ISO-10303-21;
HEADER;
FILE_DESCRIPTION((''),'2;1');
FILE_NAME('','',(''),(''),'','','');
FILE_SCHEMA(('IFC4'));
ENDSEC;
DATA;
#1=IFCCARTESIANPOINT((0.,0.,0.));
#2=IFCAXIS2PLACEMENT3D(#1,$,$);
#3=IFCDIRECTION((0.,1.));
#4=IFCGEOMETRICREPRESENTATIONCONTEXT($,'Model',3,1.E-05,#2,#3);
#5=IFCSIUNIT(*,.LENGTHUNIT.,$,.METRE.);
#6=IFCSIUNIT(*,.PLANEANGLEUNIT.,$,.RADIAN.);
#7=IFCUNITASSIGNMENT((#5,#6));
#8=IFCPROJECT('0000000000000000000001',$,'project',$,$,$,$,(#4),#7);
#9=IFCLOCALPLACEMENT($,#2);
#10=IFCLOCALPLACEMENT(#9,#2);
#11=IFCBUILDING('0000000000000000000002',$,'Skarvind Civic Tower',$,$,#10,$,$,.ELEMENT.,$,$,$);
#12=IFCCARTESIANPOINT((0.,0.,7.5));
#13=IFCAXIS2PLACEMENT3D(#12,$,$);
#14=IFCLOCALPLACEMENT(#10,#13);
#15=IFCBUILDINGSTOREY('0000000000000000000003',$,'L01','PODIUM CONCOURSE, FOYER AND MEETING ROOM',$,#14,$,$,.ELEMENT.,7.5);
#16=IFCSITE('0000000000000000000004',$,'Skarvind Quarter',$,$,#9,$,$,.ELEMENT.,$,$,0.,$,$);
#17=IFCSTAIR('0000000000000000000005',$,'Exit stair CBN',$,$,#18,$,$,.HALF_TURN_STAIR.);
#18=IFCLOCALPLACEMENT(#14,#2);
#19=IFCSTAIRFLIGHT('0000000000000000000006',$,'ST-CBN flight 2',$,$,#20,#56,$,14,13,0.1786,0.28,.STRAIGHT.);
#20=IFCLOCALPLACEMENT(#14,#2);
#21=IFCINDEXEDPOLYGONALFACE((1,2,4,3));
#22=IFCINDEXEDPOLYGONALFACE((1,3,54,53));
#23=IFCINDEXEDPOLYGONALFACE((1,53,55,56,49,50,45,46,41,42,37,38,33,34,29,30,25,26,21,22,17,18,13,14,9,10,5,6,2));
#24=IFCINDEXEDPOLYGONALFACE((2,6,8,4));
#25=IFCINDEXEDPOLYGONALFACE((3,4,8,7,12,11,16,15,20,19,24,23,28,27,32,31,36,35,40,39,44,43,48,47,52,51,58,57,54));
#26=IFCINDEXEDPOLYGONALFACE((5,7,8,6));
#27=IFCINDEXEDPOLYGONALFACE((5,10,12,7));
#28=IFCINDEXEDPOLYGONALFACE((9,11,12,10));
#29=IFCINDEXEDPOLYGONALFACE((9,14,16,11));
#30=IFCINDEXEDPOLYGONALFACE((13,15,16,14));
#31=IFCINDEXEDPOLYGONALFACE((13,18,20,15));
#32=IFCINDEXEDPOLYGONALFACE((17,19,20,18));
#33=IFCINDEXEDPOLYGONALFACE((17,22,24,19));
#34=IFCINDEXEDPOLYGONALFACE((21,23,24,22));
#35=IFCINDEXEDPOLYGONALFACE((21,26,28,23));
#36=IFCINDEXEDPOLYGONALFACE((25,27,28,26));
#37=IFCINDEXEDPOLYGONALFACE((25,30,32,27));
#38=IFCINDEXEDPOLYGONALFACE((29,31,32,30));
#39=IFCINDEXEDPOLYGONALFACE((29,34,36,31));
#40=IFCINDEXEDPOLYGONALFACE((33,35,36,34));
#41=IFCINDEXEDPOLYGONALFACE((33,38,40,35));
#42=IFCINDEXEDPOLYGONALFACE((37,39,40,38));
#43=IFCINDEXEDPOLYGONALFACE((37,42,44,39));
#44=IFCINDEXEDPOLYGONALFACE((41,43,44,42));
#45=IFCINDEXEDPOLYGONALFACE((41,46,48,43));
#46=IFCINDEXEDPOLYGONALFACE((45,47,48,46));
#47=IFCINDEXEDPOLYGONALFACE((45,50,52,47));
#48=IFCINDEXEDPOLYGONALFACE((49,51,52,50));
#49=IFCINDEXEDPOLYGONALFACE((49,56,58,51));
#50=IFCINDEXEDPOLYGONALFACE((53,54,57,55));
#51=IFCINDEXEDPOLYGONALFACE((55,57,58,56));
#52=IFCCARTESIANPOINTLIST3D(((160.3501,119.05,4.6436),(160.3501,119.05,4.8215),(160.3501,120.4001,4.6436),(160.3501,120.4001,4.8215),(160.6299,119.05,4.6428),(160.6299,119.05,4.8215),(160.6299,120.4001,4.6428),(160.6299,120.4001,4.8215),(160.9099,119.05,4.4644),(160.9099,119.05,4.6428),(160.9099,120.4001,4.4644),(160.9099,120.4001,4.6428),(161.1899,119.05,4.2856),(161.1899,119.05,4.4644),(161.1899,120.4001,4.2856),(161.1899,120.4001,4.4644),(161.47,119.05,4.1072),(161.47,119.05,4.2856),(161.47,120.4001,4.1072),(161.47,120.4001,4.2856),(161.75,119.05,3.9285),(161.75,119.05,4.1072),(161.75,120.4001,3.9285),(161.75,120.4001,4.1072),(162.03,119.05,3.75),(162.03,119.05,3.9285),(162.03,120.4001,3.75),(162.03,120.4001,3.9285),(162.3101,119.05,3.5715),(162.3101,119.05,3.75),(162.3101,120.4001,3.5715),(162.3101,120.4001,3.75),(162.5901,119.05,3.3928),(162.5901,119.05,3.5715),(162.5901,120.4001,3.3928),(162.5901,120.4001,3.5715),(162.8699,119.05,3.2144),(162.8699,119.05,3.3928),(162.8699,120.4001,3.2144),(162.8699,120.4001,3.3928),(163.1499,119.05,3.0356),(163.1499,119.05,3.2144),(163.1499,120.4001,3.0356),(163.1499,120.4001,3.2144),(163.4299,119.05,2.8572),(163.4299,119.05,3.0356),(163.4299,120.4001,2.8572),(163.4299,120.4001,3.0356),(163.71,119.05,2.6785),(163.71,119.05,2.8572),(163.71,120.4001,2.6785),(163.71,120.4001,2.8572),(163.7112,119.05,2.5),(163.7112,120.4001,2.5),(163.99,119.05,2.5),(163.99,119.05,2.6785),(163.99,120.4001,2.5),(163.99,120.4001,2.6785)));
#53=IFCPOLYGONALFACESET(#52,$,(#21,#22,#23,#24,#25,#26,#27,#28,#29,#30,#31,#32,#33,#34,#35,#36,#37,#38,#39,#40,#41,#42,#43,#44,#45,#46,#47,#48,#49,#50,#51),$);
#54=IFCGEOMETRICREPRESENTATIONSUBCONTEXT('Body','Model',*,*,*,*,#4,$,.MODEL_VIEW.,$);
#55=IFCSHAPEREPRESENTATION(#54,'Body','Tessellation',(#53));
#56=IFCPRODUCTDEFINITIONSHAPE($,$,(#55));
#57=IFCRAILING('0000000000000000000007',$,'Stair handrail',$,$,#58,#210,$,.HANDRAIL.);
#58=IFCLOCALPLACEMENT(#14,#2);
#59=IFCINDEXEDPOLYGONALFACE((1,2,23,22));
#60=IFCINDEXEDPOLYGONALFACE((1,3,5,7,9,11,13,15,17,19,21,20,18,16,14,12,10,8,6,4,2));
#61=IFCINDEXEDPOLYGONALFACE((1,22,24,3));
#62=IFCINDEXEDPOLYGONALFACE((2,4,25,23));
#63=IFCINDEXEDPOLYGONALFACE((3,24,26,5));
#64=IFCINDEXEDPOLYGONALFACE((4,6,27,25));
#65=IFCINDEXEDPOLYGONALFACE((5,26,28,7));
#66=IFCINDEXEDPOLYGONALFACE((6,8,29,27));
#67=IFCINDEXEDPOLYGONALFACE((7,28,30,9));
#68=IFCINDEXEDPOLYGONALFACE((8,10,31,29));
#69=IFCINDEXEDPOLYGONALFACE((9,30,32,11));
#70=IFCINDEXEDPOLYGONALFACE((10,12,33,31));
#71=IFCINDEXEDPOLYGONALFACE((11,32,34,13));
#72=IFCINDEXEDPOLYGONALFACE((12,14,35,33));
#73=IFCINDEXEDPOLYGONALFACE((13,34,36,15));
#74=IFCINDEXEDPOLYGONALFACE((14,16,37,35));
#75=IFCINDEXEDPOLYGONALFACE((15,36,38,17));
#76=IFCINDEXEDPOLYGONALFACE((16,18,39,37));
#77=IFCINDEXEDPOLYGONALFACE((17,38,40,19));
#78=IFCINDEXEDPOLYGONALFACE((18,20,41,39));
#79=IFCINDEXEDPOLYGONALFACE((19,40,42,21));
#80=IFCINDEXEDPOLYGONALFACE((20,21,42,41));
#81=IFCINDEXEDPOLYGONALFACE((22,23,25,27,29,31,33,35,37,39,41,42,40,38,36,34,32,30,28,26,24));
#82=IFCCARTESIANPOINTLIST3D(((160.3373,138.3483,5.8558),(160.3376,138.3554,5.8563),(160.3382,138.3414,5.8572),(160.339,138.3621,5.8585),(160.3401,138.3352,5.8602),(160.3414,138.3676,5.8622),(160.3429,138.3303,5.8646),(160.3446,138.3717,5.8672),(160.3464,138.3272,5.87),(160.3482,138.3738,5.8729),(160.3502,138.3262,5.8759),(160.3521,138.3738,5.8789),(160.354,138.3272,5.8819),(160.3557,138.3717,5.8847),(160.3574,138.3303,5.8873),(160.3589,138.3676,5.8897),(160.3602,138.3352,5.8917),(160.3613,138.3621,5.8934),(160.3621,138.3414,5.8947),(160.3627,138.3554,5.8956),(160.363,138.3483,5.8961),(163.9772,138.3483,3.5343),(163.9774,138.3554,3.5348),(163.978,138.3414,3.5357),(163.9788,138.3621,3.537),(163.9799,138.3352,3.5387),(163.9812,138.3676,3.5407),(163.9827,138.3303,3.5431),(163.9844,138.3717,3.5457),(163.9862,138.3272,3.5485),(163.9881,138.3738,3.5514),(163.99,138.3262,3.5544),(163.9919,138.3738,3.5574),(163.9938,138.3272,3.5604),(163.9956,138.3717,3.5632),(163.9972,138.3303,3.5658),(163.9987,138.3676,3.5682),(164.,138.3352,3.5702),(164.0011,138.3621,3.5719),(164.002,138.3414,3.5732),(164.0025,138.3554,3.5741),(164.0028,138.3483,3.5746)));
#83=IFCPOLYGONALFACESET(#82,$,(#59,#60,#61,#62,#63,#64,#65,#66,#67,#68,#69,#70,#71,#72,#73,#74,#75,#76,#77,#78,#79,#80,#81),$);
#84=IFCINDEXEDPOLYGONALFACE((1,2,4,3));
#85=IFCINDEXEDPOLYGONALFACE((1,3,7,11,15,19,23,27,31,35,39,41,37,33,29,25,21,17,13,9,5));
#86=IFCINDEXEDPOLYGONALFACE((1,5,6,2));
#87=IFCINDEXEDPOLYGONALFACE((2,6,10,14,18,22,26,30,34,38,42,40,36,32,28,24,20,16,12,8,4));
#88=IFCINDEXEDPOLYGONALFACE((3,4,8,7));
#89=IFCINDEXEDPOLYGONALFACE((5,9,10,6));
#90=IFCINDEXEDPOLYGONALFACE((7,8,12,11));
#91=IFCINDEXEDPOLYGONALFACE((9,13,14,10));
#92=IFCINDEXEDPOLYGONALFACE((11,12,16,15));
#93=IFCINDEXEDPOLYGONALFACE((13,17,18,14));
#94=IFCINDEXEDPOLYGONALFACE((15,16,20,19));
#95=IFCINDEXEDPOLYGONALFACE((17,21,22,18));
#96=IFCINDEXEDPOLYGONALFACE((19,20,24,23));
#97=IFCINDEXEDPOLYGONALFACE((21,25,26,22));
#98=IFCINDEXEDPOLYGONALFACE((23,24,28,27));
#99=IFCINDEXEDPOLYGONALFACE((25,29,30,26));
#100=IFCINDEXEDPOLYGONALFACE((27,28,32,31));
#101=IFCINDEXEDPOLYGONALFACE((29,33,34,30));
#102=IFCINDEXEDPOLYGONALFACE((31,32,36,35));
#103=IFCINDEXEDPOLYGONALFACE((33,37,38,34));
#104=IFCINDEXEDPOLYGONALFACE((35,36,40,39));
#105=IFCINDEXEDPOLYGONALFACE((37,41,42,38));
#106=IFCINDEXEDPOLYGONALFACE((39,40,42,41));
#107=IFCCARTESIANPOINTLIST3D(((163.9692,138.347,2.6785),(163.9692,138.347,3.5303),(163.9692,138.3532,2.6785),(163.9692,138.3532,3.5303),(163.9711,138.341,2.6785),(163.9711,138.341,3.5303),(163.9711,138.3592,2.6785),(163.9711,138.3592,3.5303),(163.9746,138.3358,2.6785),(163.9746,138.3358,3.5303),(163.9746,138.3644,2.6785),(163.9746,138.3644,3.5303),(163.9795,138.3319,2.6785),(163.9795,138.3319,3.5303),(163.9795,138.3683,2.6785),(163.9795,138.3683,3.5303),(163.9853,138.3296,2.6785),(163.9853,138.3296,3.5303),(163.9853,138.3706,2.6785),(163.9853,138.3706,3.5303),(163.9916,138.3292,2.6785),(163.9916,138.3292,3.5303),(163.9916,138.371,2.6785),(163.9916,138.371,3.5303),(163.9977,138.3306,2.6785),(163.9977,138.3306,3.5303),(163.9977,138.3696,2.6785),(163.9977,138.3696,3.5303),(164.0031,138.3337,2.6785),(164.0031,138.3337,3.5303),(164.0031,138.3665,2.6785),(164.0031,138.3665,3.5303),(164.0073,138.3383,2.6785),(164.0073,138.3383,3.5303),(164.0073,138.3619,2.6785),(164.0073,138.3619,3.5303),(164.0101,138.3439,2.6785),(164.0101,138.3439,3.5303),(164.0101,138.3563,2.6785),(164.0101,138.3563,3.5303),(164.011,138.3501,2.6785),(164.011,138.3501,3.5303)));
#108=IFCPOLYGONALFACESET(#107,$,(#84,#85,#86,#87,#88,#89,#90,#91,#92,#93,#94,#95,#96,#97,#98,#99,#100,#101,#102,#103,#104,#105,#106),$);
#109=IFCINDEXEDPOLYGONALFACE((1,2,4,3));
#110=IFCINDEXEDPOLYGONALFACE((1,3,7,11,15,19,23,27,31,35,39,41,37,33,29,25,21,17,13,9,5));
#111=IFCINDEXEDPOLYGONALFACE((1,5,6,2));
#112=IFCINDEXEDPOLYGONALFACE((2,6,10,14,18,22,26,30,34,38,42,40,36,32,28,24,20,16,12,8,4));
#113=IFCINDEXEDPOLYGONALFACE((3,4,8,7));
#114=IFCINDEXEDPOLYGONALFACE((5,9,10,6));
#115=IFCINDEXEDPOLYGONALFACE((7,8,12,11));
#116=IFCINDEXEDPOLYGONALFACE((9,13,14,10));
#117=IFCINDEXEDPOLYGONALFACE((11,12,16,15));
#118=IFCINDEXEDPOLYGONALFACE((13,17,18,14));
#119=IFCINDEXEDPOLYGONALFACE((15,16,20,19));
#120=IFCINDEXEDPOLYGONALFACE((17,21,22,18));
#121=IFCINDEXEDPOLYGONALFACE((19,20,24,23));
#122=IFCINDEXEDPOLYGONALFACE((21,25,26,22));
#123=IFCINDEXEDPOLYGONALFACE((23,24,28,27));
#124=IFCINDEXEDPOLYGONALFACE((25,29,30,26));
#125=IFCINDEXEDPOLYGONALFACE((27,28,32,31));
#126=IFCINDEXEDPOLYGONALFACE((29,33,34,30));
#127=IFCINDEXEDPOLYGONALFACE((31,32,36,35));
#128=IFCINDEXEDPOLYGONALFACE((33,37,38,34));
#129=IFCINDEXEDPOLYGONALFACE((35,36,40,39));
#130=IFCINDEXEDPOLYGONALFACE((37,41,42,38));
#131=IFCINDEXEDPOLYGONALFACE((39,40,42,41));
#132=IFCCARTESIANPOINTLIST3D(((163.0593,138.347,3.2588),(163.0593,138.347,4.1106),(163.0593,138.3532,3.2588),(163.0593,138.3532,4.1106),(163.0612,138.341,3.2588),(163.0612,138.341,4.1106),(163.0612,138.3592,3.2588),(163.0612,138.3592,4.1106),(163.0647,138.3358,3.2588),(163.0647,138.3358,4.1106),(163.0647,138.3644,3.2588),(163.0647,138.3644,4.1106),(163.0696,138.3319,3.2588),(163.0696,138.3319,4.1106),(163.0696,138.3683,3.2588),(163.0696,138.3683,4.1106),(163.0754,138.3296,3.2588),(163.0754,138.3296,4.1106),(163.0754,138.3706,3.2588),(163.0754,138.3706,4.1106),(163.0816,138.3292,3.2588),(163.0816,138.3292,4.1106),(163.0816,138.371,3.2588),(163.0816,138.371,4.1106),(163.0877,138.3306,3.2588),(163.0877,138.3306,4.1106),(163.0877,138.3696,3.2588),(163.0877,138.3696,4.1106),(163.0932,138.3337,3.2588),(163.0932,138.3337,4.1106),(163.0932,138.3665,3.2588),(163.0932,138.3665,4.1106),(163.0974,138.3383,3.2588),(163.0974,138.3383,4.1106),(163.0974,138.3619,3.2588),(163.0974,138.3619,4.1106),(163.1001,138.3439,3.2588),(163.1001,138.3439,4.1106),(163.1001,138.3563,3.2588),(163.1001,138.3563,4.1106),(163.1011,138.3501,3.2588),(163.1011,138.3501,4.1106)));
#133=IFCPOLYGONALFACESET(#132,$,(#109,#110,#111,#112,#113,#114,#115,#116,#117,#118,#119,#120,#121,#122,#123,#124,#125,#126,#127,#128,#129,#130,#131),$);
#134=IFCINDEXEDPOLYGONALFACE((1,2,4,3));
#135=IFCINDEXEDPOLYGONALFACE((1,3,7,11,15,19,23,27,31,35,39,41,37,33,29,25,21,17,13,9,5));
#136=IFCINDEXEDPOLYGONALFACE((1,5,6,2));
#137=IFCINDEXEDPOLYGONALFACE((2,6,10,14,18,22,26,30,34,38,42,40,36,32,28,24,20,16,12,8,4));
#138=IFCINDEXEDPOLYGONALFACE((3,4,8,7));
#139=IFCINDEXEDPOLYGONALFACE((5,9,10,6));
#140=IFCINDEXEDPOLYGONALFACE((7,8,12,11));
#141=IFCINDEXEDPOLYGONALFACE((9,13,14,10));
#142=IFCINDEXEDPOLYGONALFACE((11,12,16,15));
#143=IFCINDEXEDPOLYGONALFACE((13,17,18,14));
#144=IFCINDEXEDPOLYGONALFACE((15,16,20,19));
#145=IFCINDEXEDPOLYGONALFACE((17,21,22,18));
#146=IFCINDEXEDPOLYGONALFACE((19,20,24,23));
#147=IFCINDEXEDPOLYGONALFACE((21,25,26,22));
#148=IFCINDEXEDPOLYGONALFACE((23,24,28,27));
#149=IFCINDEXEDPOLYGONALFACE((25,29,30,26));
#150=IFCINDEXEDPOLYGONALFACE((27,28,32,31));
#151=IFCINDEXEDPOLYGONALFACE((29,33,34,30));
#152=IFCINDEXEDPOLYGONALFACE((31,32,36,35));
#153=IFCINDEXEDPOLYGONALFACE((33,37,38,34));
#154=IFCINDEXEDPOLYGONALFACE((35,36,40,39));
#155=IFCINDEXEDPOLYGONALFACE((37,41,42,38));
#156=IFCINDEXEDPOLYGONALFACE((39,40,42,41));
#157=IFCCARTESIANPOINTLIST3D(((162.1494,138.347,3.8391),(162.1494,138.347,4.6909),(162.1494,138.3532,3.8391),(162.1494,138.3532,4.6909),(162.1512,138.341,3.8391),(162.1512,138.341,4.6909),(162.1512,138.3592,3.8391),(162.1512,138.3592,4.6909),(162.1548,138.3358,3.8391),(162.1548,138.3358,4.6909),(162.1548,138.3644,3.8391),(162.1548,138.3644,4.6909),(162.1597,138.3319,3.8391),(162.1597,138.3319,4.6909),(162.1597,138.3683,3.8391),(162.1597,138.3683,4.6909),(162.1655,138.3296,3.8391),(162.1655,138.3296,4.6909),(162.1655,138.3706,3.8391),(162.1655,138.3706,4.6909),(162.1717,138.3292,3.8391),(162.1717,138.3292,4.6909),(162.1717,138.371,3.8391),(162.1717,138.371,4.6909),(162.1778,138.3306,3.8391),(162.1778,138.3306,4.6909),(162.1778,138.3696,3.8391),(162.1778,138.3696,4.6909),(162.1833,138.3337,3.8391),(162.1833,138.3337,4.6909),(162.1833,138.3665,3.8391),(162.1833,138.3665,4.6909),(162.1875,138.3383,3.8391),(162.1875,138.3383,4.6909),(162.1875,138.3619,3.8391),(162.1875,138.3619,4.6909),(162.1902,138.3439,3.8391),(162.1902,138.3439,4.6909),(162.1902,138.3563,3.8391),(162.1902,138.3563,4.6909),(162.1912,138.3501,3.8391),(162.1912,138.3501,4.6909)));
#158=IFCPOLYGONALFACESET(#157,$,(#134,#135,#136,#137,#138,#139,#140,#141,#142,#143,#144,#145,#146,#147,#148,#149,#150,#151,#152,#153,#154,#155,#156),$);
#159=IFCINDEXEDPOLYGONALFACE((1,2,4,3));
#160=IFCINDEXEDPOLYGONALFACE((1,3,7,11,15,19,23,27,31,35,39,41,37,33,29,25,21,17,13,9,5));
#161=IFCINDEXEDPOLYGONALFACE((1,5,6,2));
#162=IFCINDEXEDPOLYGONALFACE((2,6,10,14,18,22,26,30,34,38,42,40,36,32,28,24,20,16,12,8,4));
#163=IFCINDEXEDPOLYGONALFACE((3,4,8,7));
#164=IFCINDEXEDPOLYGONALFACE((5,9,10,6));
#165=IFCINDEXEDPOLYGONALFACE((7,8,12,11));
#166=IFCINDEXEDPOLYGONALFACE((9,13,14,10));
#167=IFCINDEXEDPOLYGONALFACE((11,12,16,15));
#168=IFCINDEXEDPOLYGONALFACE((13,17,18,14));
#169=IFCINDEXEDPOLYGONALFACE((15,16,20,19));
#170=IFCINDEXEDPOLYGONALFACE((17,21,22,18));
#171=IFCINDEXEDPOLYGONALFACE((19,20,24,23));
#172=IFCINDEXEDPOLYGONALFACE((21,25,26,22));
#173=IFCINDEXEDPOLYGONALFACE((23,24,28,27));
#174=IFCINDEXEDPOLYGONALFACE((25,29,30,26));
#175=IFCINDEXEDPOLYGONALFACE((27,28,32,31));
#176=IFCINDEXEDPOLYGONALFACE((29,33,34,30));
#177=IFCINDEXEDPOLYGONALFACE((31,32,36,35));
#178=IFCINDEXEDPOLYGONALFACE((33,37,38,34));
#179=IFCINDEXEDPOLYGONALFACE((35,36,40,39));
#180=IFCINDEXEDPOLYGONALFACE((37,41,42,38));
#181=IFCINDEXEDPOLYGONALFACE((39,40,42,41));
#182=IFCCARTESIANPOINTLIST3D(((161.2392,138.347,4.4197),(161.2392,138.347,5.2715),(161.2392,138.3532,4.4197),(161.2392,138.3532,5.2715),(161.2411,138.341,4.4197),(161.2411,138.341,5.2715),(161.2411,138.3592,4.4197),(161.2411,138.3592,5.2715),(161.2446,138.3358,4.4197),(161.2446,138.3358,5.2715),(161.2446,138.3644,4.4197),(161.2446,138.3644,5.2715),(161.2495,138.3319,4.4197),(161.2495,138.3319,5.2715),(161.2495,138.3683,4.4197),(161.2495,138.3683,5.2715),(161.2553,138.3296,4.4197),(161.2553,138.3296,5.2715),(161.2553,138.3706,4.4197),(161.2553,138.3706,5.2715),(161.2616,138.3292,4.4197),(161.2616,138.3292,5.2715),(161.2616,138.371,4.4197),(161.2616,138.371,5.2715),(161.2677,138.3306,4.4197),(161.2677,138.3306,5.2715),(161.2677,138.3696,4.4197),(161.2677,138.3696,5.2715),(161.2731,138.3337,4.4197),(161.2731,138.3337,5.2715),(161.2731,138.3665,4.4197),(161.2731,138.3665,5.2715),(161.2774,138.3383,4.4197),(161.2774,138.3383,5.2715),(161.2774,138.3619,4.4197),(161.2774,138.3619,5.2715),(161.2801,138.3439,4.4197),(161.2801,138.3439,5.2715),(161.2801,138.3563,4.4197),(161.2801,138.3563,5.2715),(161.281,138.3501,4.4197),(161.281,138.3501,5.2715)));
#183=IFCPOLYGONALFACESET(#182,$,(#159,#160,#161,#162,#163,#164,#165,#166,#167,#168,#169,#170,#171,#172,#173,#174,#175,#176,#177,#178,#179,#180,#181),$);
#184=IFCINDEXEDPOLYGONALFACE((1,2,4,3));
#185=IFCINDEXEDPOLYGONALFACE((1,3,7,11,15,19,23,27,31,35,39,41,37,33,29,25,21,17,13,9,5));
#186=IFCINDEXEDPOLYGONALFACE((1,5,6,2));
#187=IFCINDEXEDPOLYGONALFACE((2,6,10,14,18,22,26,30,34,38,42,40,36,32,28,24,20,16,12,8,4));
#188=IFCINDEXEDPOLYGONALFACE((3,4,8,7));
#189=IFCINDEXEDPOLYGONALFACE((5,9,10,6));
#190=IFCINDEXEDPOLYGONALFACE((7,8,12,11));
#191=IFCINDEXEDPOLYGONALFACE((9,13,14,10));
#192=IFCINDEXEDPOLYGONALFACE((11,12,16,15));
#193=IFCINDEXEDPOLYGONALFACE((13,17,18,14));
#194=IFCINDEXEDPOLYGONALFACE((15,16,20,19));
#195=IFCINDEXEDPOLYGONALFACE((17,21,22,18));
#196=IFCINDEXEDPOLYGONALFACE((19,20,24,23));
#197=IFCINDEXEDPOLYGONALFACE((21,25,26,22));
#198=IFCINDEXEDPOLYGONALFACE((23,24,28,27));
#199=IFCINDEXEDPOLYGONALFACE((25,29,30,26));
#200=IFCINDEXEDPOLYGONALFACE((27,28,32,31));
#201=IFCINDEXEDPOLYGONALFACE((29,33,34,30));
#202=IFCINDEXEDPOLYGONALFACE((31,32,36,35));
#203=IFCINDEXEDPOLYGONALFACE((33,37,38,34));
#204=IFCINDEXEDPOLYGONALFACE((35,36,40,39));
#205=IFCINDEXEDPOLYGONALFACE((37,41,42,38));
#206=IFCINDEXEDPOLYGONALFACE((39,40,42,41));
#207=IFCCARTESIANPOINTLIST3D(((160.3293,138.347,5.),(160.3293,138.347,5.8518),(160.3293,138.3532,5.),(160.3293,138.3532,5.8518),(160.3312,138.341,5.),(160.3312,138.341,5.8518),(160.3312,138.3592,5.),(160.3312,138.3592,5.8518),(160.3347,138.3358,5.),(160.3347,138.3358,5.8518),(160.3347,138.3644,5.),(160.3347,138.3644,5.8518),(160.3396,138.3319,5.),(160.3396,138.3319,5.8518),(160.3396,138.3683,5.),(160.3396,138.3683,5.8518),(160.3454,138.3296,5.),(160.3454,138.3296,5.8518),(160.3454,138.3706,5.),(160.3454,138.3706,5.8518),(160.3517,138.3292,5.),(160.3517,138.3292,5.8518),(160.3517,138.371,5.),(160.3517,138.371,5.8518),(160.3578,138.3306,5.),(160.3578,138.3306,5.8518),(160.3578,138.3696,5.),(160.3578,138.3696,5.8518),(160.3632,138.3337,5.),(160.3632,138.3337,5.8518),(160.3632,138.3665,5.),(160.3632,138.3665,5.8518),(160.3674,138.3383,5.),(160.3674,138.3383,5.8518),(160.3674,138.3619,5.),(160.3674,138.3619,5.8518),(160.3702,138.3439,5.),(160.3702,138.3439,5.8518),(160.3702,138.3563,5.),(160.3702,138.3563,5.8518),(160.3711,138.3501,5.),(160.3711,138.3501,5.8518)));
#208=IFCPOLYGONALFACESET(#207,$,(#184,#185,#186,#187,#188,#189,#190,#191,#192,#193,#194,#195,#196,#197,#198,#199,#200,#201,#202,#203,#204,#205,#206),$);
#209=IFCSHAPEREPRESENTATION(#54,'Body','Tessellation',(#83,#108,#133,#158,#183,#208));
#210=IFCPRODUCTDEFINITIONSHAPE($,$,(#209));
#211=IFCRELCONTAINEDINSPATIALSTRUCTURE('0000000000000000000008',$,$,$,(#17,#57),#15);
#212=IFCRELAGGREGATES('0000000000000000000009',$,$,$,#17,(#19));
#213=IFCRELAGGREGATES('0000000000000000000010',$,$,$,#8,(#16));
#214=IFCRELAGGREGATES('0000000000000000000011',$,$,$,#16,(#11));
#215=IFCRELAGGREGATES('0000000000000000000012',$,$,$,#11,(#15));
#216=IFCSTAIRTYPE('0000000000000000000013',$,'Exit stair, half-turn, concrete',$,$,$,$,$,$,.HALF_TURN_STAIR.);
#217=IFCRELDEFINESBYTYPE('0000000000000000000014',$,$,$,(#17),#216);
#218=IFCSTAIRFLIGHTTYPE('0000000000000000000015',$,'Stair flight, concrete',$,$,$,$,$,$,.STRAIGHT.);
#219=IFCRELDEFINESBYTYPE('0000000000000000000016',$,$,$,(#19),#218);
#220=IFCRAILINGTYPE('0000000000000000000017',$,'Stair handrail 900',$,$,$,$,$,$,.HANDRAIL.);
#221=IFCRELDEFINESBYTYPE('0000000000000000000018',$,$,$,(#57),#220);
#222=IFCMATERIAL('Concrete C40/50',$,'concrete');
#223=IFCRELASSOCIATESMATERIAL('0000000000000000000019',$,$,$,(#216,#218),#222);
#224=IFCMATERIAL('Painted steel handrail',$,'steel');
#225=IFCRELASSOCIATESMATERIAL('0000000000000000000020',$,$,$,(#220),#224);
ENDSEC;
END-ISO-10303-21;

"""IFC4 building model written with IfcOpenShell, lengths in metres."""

from ifc_helpers import new_model, si_unit, direction, frame, origin, origin_2d, place, context, subcontext, project, spatial, polyline, circle, outline, extrude, material, type_object, element, aggregate, save


model = new_model("IFC4")

# Units and contexts
model_context = context("Model", 3, precision=1e-05, world=origin(), true_north=direction((0.0, 1.0)))
body_context = subcontext(model_context, "Body", "Model", "MODEL_VIEW")
ifc_project = project(units=[si_unit("LENGTHUNIT", "METRE"), si_unit("PLANEANGLEUNIT", "RADIAN")], contexts=[model_context])

# Site, building, storey
site_placement = place(None, origin())
site = spatial("IfcSite", under=ifc_project, at=site_placement, Name="Skarvind Quarter", CompositionType="ELEMENT", RefElevation=0.0)
building_placement = place(site_placement, origin())
building = spatial("IfcBuilding", under=site, at=building_placement, Name="Skarvind Civic Tower", CompositionType="ELEMENT")
storey_placement = place(building_placement, frame((0.0, 0.0, 7.5)))
storey = spatial("IfcBuildingStorey", under=building, at=storey_placement, Name="L01", Description="PODIUM CONCOURSE, FOYER AND MEETING ROOM", CompositionType="ELEMENT", Elevation=7.5)

# Shared definitions
ifc_material_1 = material(Name="Concrete C40/50", Category="concrete")
stair_type = type_object("IfcStairType", Name="Exit stair, half-turn, concrete", PredefinedType="HALF_TURN_STAIR", material=ifc_material_1)
stair_flight_type = type_object("IfcStairFlightType", Name="Stair flight, concrete", PredefinedType="STRAIGHT", material=ifc_material_1)

# Stair, stair flight
stair_1_placement = place(storey_placement, origin())
stair_1 = element("IfcStair", 1, at=stair_1_placement, inside=storey, type_object=stair_type, Name="Exit stair CBN", PredefinedType="HALF_TURN_STAIR")
stair_flight_1_placement = place(storey_placement, frame((163.99, 119.7251, 2.5), z_axis=(0.0, 0.0, 1.0), x_axis=(-1.0, 0.0, 0.0)))
stair_flight_1 = element("IfcStairFlight", 2, at=stair_flight_1_placement, type_object=stair_flight_type, Name="ST-CBN flight 2", NumberOfRisers=14, NumberOfTreads=13, PredefinedType="STRAIGHT", RiserHeight=0.1786, TreadLength=0.28, context=body_context, shape_type="SweptSolid", body=[
    extrude(outline(polyline([(0.0, 0.0), (0.0, 0.1785), (0.28, 0.1785), (0.28, 0.3572), (0.5601, 0.3572), (0.5601, 0.5356), (0.8401, 0.5356), (0.8401, 0.7144), (1.1201, 0.7144), (1.1201, 0.8928), (1.3999, 0.8928), (1.3999, 1.0715), (1.6799, 1.0715), (1.6799, 1.25), (1.96, 1.25), (1.96, 1.4285), (2.24, 1.4285), (2.24, 1.6072), (2.52, 1.6072), (2.52, 1.7856), (2.8, 1.7856), (2.8, 1.9644), (3.0801, 1.9644), (3.0801, 2.1428), (3.3601, 2.1428), (3.3601, 2.3215), (3.6399, 2.3215), (3.6399, 2.5), (3.6399, 2.1436), (0.2788, 0.0), (0.0, 0.0)])), frame((0.0, 0.675, 0.0), z_axis=(0.0, -1.0, 0.0), x_axis=(1.0, 0.0, 0.0)), (0.0, 0.0, 1.0), 1.3501),
])
aggregate(stair_1, [stair_flight_1])

# Railing
ifc_material_2 = material(Name="Painted steel handrail", Category="steel")
railing_type = type_object("IfcRailingType", Name="Stair handrail 900", PredefinedType="HANDRAIL", material=ifc_material_2)
for number, where, name in (
    (3, (163.99, 138.3501, 2.6785), "Stair handrail"),
):
    element("IfcRailing", number, at=place(storey_placement, frame(where)), inside=storey, type_object=railing_type, Name=name, PredefinedType="HANDRAIL", context=body_context, shape_type="SweptSolid", body=[
        extrude(circle(Radius=0.0239, at=origin_2d()), frame((0.0, 0.0, 0.876), z_axis=(-0.843112, 0.0, 0.537739), x_axis=(0.0, -1.0, 0.0)), (0.0, 0.0, 1.0), 4.3171),
        extrude(circle(Radius=0.021, at=origin_2d()), origin(), (0.0, 0.0, 1.0), 0.8518),
        extrude(circle(Radius=0.021, at=origin_2d()), frame((-0.9099, 0.0, 0.5803)), (0.0, 0.0, 1.0), 0.8518),
        extrude(circle(Radius=0.021, at=origin_2d()), frame((-1.8198, 0.0, 1.1606)), (0.0, 0.0, 1.0), 0.8518),
        extrude(circle(Radius=0.021, at=origin_2d()), frame((-2.73, 0.0, 1.7412)), (0.0, 0.0, 1.0), 0.8518),
        extrude(circle(Radius=0.021, at=origin_2d()), frame((-3.6399, 0.0, 2.3215)), (0.0, 0.0, 1.0), 0.8518),
    ])

save(model, "model.ifc")
